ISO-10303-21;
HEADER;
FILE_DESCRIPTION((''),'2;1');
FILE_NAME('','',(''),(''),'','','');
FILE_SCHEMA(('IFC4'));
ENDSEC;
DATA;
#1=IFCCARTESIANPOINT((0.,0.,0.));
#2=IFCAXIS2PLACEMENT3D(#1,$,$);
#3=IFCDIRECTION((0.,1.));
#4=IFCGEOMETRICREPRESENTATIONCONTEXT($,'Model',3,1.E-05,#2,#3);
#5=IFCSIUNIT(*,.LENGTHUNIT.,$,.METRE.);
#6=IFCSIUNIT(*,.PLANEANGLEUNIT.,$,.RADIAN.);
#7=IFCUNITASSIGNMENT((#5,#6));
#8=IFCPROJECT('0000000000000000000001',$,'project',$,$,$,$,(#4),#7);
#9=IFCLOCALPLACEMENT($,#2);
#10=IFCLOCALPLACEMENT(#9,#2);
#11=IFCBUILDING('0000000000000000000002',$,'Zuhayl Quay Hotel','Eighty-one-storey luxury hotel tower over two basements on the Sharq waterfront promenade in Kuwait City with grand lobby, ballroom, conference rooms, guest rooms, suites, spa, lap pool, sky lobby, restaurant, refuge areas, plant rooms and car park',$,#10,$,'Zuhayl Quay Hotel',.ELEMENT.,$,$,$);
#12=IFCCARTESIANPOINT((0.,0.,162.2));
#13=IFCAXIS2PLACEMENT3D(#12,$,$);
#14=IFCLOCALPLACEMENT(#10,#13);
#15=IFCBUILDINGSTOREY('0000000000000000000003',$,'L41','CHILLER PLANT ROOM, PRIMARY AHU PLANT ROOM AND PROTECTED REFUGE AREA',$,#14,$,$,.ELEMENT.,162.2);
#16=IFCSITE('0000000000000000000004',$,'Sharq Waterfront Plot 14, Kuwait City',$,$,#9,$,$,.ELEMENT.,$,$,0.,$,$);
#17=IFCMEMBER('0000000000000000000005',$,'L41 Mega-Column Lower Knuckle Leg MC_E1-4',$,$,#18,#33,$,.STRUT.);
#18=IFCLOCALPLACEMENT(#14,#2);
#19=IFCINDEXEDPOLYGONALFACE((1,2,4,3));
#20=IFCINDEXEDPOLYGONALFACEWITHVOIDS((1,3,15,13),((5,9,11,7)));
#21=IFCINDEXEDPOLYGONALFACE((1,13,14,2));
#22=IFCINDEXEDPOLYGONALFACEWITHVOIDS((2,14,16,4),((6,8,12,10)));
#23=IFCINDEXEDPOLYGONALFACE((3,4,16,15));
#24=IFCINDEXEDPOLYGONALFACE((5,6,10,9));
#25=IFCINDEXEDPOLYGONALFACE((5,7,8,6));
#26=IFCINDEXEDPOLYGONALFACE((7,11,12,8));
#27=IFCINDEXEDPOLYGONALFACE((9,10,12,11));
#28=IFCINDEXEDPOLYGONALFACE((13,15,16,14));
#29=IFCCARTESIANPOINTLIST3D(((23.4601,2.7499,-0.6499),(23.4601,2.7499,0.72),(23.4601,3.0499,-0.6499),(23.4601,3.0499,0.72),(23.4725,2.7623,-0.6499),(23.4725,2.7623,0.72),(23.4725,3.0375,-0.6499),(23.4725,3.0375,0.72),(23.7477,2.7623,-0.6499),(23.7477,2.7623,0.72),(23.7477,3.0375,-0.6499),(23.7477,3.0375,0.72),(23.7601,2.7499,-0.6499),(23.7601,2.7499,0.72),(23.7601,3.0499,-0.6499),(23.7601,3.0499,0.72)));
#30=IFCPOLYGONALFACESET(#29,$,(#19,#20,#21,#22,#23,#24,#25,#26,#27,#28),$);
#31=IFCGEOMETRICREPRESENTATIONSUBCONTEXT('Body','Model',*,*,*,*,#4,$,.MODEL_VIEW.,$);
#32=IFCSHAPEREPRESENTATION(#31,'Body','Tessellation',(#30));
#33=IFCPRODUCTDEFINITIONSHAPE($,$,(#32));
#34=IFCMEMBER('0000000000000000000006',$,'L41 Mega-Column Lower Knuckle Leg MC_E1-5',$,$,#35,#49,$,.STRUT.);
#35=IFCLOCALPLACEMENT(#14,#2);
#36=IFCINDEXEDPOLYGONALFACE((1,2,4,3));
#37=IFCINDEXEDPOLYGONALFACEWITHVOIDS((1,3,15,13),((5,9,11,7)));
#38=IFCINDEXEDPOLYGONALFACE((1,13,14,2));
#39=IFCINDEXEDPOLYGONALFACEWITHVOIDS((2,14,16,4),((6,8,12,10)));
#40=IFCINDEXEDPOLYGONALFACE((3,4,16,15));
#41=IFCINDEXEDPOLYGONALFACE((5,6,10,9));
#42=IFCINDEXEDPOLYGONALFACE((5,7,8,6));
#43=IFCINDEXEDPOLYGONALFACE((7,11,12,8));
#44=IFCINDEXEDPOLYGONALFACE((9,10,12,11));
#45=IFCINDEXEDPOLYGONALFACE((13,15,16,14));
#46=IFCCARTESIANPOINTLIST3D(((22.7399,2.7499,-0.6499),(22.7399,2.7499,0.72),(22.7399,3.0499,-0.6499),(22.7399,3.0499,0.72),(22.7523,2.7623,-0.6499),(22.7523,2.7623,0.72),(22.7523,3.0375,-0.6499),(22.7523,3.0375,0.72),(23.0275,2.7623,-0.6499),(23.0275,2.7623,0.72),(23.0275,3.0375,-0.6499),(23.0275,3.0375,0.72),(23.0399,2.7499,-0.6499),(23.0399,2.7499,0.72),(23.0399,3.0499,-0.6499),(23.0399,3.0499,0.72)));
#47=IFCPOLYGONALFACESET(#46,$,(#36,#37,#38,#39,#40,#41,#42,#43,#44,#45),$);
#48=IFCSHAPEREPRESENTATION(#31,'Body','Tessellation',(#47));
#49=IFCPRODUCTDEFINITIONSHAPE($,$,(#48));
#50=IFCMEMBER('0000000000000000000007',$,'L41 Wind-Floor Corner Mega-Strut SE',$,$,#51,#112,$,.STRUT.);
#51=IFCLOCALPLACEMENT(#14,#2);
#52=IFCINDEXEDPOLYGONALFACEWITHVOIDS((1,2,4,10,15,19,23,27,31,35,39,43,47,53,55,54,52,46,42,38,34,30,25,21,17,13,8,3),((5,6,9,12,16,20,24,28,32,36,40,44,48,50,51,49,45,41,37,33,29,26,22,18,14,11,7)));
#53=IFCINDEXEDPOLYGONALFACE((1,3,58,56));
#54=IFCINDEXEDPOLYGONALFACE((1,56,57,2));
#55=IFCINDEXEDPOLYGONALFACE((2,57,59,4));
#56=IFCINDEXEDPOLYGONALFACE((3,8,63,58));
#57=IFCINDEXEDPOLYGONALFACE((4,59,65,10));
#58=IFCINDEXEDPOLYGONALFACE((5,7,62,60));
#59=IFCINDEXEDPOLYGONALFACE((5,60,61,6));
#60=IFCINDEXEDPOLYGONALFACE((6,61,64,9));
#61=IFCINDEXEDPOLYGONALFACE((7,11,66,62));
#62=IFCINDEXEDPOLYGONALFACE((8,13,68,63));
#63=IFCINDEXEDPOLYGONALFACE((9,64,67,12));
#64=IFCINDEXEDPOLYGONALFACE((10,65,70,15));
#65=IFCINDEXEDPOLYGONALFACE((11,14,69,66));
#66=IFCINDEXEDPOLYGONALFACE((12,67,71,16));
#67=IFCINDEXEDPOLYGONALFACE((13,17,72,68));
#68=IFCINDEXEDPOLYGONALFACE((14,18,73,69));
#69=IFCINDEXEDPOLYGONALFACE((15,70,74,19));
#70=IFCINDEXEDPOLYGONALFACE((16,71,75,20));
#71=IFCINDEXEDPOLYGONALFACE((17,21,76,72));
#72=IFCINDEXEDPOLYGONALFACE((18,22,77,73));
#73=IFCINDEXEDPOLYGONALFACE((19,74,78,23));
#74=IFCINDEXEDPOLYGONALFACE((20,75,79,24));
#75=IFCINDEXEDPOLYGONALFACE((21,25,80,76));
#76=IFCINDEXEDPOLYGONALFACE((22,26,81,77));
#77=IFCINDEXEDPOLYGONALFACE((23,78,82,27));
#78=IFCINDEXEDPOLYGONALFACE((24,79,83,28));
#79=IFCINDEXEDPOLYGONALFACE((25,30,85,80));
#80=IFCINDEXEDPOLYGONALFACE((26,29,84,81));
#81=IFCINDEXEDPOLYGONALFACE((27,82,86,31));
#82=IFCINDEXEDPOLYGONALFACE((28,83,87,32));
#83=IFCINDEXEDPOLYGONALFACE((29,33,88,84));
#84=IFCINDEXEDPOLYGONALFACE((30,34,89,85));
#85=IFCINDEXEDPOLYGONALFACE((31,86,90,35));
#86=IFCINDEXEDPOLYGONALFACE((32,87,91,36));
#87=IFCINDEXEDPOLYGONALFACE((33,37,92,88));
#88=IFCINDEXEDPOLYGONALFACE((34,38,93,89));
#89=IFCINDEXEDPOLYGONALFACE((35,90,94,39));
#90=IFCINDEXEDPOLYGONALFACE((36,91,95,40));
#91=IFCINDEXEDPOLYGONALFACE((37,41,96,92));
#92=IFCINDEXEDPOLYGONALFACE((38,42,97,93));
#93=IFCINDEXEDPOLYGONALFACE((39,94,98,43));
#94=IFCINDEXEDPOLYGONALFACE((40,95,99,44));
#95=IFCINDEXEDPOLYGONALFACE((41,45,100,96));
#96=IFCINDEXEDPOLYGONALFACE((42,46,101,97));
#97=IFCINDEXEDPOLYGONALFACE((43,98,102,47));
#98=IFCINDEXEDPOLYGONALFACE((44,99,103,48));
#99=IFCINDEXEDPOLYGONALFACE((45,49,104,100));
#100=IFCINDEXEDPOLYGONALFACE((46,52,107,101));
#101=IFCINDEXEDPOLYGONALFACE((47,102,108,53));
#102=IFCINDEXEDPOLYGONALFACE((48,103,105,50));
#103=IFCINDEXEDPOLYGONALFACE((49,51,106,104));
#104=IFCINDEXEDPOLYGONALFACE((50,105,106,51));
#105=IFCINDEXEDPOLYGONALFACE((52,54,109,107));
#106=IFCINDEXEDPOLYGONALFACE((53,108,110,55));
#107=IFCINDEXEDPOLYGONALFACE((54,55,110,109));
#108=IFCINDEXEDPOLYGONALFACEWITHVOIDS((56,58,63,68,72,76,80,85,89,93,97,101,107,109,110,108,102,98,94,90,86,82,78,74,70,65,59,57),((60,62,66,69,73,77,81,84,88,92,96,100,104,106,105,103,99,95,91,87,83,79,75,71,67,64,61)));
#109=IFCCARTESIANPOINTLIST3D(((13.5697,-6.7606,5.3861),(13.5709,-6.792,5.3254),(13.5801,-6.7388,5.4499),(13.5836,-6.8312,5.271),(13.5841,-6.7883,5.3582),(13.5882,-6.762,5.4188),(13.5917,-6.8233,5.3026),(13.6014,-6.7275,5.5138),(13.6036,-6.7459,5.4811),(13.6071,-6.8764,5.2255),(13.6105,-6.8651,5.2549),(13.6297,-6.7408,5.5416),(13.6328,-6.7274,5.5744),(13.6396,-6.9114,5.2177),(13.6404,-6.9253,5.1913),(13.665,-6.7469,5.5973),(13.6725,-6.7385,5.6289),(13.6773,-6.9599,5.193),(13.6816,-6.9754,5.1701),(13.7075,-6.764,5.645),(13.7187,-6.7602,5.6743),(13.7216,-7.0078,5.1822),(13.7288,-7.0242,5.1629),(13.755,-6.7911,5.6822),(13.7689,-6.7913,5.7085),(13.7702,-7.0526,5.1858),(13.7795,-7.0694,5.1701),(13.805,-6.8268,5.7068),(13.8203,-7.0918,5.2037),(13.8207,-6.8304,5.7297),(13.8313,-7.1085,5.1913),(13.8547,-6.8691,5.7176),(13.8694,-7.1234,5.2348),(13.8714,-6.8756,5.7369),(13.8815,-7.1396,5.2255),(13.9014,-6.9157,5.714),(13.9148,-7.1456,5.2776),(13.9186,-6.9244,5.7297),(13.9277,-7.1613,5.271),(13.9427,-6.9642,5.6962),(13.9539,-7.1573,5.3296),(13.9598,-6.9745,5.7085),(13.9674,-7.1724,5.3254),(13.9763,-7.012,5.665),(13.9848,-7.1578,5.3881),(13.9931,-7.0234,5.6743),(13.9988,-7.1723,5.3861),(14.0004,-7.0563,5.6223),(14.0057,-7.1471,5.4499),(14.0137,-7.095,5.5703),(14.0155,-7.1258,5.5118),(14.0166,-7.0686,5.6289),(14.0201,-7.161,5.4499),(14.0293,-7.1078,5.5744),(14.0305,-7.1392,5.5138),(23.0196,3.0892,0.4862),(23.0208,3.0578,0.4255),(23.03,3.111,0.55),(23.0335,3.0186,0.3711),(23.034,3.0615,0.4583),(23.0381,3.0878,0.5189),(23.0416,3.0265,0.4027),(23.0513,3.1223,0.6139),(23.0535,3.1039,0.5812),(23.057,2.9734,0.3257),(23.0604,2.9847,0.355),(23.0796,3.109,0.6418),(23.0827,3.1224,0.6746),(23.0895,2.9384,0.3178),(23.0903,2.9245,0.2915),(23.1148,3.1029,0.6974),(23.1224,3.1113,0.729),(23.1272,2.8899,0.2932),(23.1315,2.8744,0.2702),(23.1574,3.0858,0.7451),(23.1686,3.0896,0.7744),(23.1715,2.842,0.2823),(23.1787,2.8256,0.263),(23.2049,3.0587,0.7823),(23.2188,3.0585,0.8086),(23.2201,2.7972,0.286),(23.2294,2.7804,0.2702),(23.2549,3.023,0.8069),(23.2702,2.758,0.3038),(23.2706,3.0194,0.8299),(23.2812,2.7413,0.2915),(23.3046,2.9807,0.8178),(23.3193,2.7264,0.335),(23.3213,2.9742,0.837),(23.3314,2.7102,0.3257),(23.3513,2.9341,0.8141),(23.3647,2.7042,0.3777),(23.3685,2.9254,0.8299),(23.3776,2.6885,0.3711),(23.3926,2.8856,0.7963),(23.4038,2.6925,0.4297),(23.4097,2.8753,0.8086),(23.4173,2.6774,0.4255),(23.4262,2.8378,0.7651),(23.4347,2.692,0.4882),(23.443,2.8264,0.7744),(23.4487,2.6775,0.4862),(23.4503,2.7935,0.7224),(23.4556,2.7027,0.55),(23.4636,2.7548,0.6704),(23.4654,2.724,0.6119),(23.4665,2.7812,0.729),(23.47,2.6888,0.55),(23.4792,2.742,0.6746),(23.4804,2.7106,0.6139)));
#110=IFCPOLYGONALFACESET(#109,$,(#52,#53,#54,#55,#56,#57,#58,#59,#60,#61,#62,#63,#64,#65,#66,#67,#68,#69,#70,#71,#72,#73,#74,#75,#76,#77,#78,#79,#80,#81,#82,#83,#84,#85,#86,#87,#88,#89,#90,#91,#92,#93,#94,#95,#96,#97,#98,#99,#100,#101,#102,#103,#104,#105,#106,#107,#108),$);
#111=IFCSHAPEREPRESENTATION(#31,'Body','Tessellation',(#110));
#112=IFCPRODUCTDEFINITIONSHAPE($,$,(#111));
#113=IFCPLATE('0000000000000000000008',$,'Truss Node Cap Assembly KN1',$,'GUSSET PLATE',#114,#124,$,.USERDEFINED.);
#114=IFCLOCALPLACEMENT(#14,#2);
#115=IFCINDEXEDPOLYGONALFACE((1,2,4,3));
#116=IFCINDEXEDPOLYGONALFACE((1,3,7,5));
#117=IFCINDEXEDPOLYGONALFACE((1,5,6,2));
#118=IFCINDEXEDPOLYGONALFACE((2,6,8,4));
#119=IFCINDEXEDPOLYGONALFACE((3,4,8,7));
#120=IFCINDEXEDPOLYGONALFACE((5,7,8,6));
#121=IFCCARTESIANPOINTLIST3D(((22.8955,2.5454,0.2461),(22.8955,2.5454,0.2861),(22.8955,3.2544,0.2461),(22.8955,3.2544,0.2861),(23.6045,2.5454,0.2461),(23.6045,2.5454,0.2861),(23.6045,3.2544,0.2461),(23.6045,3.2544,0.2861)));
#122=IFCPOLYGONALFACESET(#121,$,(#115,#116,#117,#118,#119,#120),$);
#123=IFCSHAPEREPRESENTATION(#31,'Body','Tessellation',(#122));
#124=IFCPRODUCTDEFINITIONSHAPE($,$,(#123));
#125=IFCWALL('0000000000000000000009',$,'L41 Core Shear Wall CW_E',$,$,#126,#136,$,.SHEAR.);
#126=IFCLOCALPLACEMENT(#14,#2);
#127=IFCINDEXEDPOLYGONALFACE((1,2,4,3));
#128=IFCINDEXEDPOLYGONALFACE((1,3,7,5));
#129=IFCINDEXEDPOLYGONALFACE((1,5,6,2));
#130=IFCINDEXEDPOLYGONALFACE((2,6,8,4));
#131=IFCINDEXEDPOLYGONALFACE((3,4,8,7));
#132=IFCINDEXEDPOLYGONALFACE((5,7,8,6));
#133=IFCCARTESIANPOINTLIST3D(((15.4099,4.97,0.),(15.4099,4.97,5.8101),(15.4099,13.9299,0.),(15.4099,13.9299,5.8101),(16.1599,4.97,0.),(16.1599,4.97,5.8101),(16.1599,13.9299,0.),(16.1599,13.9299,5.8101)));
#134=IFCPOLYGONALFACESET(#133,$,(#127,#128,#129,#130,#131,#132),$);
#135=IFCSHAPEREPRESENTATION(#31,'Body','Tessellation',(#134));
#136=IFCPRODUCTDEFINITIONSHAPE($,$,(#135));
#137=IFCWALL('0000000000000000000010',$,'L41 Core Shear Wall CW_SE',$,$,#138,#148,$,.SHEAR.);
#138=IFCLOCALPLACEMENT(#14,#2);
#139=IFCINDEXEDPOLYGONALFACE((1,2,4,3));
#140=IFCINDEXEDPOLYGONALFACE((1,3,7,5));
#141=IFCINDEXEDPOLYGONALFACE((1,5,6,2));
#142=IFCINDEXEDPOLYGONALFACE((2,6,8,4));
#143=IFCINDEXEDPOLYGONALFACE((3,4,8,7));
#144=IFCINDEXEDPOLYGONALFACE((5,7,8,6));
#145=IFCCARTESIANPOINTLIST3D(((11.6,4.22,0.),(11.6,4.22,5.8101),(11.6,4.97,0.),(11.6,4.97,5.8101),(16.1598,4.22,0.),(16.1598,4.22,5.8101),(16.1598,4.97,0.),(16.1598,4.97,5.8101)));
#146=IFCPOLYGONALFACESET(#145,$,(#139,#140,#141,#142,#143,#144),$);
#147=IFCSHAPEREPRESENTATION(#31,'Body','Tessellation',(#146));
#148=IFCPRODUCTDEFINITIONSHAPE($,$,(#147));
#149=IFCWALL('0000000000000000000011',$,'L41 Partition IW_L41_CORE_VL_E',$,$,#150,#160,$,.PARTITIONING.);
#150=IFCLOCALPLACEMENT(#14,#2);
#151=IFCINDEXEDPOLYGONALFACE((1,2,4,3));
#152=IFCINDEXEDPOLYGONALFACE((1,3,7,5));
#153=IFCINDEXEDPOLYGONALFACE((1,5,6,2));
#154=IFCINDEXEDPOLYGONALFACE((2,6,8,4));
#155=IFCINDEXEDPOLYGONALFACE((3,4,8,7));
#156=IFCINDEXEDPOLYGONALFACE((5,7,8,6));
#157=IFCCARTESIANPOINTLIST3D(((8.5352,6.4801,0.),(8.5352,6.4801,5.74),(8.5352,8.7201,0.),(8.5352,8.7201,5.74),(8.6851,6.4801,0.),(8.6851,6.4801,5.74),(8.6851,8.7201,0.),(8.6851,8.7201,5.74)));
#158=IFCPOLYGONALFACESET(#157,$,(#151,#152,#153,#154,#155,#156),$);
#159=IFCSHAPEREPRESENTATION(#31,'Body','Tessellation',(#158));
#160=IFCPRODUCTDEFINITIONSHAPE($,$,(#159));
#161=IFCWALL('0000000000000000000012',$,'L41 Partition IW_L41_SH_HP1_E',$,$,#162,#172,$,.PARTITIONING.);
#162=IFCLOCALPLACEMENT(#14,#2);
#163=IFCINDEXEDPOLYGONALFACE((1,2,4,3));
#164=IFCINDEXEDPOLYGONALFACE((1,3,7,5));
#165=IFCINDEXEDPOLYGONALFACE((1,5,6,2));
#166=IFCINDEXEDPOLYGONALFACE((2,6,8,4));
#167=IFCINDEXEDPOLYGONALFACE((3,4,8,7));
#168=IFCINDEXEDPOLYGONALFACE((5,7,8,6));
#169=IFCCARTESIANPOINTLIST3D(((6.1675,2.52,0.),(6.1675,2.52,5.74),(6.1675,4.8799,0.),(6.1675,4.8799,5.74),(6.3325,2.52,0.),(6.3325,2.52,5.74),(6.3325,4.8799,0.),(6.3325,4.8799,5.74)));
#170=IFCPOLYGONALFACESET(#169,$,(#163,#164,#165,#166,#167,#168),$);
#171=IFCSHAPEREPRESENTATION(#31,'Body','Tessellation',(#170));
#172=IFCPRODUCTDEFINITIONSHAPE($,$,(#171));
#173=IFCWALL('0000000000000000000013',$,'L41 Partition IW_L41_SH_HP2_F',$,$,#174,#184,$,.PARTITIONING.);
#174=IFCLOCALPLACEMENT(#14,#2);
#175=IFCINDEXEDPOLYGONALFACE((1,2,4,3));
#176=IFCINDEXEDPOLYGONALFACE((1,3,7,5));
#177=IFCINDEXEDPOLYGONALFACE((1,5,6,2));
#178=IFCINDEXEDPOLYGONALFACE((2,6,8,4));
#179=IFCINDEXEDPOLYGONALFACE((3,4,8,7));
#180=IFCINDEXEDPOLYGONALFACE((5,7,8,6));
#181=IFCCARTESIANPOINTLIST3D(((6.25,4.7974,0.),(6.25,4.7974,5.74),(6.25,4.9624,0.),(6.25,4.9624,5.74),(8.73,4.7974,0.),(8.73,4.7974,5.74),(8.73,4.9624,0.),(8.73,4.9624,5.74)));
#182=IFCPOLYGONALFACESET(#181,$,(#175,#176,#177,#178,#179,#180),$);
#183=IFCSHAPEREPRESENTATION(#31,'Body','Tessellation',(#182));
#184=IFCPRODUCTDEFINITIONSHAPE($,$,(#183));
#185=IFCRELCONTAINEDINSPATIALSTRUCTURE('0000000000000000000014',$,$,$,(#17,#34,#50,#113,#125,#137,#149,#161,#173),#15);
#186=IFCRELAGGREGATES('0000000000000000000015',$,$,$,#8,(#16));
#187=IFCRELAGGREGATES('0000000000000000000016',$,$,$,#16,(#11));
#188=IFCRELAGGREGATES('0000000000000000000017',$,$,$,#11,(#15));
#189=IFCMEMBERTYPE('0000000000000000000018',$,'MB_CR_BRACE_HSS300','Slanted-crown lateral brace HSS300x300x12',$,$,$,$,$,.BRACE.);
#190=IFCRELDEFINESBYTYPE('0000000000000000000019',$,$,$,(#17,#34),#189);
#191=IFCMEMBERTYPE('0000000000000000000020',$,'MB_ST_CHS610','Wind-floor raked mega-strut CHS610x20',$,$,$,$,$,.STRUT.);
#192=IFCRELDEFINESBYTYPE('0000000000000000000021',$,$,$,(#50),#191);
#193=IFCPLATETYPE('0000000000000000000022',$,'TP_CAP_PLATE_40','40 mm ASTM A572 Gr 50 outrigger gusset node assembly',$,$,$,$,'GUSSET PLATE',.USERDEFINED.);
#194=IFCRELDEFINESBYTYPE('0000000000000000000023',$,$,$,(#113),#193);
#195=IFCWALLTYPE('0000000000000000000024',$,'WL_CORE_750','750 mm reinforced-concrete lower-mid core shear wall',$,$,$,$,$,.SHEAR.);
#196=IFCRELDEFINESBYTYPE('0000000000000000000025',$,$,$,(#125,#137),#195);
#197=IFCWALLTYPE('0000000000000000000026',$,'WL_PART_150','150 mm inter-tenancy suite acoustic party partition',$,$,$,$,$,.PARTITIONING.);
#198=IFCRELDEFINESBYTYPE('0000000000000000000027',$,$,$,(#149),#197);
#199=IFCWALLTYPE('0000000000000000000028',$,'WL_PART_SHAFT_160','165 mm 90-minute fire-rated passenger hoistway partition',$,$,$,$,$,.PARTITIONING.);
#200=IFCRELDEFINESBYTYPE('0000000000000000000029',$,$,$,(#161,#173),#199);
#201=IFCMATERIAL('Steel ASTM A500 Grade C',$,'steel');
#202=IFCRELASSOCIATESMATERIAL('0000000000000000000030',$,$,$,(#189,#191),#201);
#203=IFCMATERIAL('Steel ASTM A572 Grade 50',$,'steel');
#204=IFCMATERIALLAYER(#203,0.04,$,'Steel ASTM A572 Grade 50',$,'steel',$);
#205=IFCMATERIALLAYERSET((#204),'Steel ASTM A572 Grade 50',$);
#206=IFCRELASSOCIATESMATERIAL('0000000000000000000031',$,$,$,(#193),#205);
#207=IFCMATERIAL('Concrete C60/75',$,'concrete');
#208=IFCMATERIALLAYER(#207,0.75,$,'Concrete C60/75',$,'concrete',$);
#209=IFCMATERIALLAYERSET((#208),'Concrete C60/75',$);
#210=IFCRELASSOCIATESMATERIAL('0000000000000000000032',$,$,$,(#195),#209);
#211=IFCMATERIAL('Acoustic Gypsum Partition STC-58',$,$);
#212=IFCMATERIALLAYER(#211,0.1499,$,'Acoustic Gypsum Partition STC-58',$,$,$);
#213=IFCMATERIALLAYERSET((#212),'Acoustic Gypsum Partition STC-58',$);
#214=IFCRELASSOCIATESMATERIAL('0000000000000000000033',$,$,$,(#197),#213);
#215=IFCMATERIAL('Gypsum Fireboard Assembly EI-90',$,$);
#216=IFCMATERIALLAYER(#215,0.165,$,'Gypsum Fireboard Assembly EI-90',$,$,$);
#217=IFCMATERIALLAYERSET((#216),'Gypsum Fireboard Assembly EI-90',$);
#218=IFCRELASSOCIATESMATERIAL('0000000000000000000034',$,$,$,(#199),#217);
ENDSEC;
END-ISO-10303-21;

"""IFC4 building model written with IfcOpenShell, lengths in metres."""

from ifc_helpers import new_model, si_unit, direction, frame, frame_2d, origin, origin_2d, place, context, subcontext, project, spatial, rectangle, hollow_rectangle, hollow_circle, extrude, material, layer, layer_set, material_profile, profile_set, type_object, element, save


model = new_model("IFC4")

# Units and contexts
model_context = context("Model", 3, precision=1e-05, world=origin(), true_north=direction((0.0, 1.0)))
body_context = subcontext(model_context, "Body", "Model", "MODEL_VIEW")
ifc_project = project(units=[si_unit("LENGTHUNIT", "METRE"), si_unit("PLANEANGLEUNIT", "RADIAN")], contexts=[model_context])

# Site, building, storey
site_placement = place(None, origin())
site = spatial("IfcSite", under=ifc_project, at=site_placement, Name="Sharq Waterfront Plot 14, Kuwait City", CompositionType="ELEMENT", RefElevation=0.0)
building_placement = place(site_placement, origin())
building = spatial("IfcBuilding", under=site, at=building_placement, Name="Zuhayl Quay Hotel", Description="Eighty-one-storey luxury hotel tower over two basements on the Sharq waterfront promenade in Kuwait City with grand lobby, ballroom, conference rooms, guest rooms, suites, spa, lap pool, sky lobby, restaurant, refuge areas, plant rooms and car park", LongName="Zuhayl Quay Hotel", CompositionType="ELEMENT")
storey_placement = place(building_placement, frame((0.0, 0.0, 162.2)))
storey = spatial("IfcBuildingStorey", under=building, at=storey_placement, Name="L41", Description="CHILLER PLANT ROOM, PRIMARY AHU PLANT ROOM AND PROTECTED REFUGE AREA", CompositionType="ELEMENT", Elevation=162.2)

# Members
ifc_material_1 = material(Name="Steel ASTM A500 Grade C", Category="steel")
ifc_material_profile_1 = material_profile(ifc_material_1, hollow_rectangle(XDim=0.3, YDim=0.3, WallThickness=0.0125, at=origin_2d()), Name="HSS300X300X12")
ifc_profile_set_1 = profile_set([ifc_material_profile_1], Name="Steel ASTM A500 Grade C")
member_type_1 = type_object("IfcMemberType", Name="MB_CR_BRACE_HSS300", Description="Slanted-crown lateral brace HSS300x300x12", PredefinedType="BRACE", material=ifc_profile_set_1)
for number, where, z_axis, x_axis, name in (
    (1, (23.6101, 2.8999, -0.6499), (0.0, 0.0, 1.0), (1.0, 0.0, 0.0), "L41 Mega-Column Lower Knuckle Leg MC_E1-4"),
    (2, (22.8899, 2.8999, -0.6499), (0.0, 0.0, 1.0), (1.0, 0.0, 0.0), "L41 Mega-Column Lower Knuckle Leg MC_E1-5"),
):
    element("IfcMember", number, at=place(storey_placement, frame(where, z_axis=z_axis, x_axis=x_axis)), inside=storey, type_object=member_type_1, Name=name, PredefinedType="STRUT", context=body_context, shape_type="SweptSolid", body=[
        extrude(hollow_rectangle(XDim=0.3, YDim=0.3, WallThickness=0.0125, at=origin_2d()), origin(), (0.0, 0.0, 1.0), 1.3699),
    ])
ifc_material_profile_2 = material_profile(ifc_material_1, hollow_circle(Radius=0.3049, WallThickness=0.02, at=origin_2d()), Name="CHS610X20")
ifc_profile_set_2 = profile_set([ifc_material_profile_2], Name="Steel ASTM A500 Grade C")
member_type_2 = type_object("IfcMemberType", Name="MB_ST_CHS610", Description="Wind-floor raked mega-strut CHS610x20", PredefinedType="STRUT", material=ifc_profile_set_2)
member_1_placement = place(storey_placement, frame((23.25, 2.8999, 0.55), z_axis=(-0.651596, -0.679171, 0.33786), x_axis=(0.721604, -0.692307, 0.0)))
element("IfcMember", 3, at=member_1_placement, inside=storey, type_object=member_type_2, Name="L41 Wind-Floor Corner Mega-Strut SE", PredefinedType="STRUT", context=body_context, shape_type="SweptSolid", body=[
    extrude(hollow_circle(Radius=0.3049, WallThickness=0.02, at=origin_2d()), origin(), (0.0, 0.0, 1.0), 14.5027),
])

# Plate
ifc_material_2 = material(Name="Steel ASTM A572 Grade 50", Category="steel")
ifc_layer_1 = layer(ifc_material_2, 0.04, Name="Steel ASTM A572 Grade 50", Category="steel")
ifc_layer_set_1 = layer_set([ifc_layer_1], Name="Steel ASTM A572 Grade 50")
plate_type = type_object("IfcPlateType", Name="TP_CAP_PLATE_40", Description="40 mm ASTM A572 Gr 50 outrigger gusset node assembly", ElementType="GUSSET PLATE", PredefinedType="USERDEFINED", material=ifc_layer_set_1)
plate_placement = place(storey_placement, frame((23.25, 2.8999, 0.2461), z_axis=(0.0, 0.0, 1.0), x_axis=(1.0, 0.0, 0.0)))
element("IfcPlate", 4, at=plate_placement, inside=storey, type_object=plate_type, Name="Truss Node Cap Assembly KN1", ObjectType="GUSSET PLATE", PredefinedType="USERDEFINED", context=body_context, shape_type="SweptSolid", body=[
    extrude(rectangle(XDim=0.709, YDim=0.709, at=origin_2d()), origin(), (0.0, 0.0, 1.0), 0.04),
])

# Walls
ifc_material_3 = material(Name="Concrete C60/75", Category="concrete")
ifc_layer_2 = layer(ifc_material_3, 0.75, Name="Concrete C60/75", Category="concrete")
ifc_layer_set_2 = layer_set([ifc_layer_2], Name="Concrete C60/75")
wall_type_1 = type_object("IfcWallType", Name="WL_CORE_750", Description="750 mm reinforced-concrete lower-mid core shear wall", PredefinedType="SHEAR", material=ifc_layer_set_2)
wall_1_placement = place(storey_placement, frame((15.7849, 4.97, 0.0), z_axis=(0.0, 0.0, 1.0), x_axis=(0.0, 1.0, 0.0)))
element("IfcWall", 5, at=wall_1_placement, inside=storey, type_object=wall_type_1, Name="L41 Core Shear Wall CW_E", PredefinedType="SHEAR", context=body_context, shape_type="SweptSolid", body=[
    extrude(rectangle(XDim=8.96, YDim=0.75, at=frame_2d((4.48, 0.0))), origin(), (0.0, 0.0, 1.0), 5.8101),
])
wall_2_placement = place(storey_placement, frame((11.6001, 4.595, 0.0), z_axis=(0.0, 0.0, 1.0), x_axis=(1.0, 0.0, 0.0)))
element("IfcWall", 6, at=wall_2_placement, inside=storey, type_object=wall_type_1, Name="L41 Core Shear Wall CW_SE", PredefinedType="SHEAR", context=body_context, shape_type="SweptSolid", body=[
    extrude(rectangle(XDim=4.5598, YDim=0.75, at=frame_2d((2.2798, 0.0))), origin(), (0.0, 0.0, 1.0), 5.8101),
])
ifc_material_4 = material(Name="Acoustic Gypsum Partition STC-58")
ifc_layer_3 = layer(ifc_material_4, 0.1499, Name="Acoustic Gypsum Partition STC-58")
ifc_layer_set_3 = layer_set([ifc_layer_3], Name="Acoustic Gypsum Partition STC-58")
wall_type_2 = type_object("IfcWallType", Name="WL_PART_150", Description="150 mm inter-tenancy suite acoustic party partition", PredefinedType="PARTITIONING", material=ifc_layer_set_3)
wall_3_placement = place(storey_placement, frame((8.6101, 6.48, 0.0), z_axis=(0.0, 0.0, 1.0), x_axis=(0.0, 1.0, 0.0)))
element("IfcWall", 7, at=wall_3_placement, inside=storey, type_object=wall_type_2, Name="L41 Partition IW_L41_CORE_VL_E", PredefinedType="PARTITIONING", context=body_context, shape_type="SweptSolid", body=[
    extrude(rectangle(XDim=2.24, YDim=0.1499, at=frame_2d((1.1201, 0.0))), origin(), (0.0, 0.0, 1.0), 5.74),
])
ifc_material_5 = material(Name="Gypsum Fireboard Assembly EI-90")
ifc_layer_4 = layer(ifc_material_5, 0.165, Name="Gypsum Fireboard Assembly EI-90")
ifc_layer_set_4 = layer_set([ifc_layer_4], Name="Gypsum Fireboard Assembly EI-90")
wall_type_3 = type_object("IfcWallType", Name="WL_PART_SHAFT_160", Description="165 mm 90-minute fire-rated passenger hoistway partition", PredefinedType="PARTITIONING", material=ifc_layer_set_4)
wall_4_placement = place(storey_placement, frame((6.25, 2.52, 0.0), z_axis=(0.0, 0.0, 1.0), x_axis=(0.0, 1.0, 0.0)))
element("IfcWall", 8, at=wall_4_placement, inside=storey, type_object=wall_type_3, Name="L41 Partition IW_L41_SH_HP1_E", PredefinedType="PARTITIONING", context=body_context, shape_type="SweptSolid", body=[
    extrude(rectangle(XDim=2.3599, YDim=0.165, at=frame_2d((1.1799, 0.0))), origin(), (0.0, 0.0, 1.0), 5.74),
])
wall_5_placement = place(storey_placement, frame((6.25, 4.8799, 0.0), z_axis=(0.0, 0.0, 1.0), x_axis=(1.0, 0.0, 0.0)))
element("IfcWall", 9, at=wall_5_placement, inside=storey, type_object=wall_type_3, Name="L41 Partition IW_L41_SH_HP2_F", PredefinedType="PARTITIONING", context=body_context, shape_type="SweptSolid", body=[
    extrude(rectangle(XDim=2.48, YDim=0.165, at=frame_2d((1.24, 0.0))), origin(), (0.0, 0.0, 1.0), 5.74),
])

save(model, "model.ifc")
